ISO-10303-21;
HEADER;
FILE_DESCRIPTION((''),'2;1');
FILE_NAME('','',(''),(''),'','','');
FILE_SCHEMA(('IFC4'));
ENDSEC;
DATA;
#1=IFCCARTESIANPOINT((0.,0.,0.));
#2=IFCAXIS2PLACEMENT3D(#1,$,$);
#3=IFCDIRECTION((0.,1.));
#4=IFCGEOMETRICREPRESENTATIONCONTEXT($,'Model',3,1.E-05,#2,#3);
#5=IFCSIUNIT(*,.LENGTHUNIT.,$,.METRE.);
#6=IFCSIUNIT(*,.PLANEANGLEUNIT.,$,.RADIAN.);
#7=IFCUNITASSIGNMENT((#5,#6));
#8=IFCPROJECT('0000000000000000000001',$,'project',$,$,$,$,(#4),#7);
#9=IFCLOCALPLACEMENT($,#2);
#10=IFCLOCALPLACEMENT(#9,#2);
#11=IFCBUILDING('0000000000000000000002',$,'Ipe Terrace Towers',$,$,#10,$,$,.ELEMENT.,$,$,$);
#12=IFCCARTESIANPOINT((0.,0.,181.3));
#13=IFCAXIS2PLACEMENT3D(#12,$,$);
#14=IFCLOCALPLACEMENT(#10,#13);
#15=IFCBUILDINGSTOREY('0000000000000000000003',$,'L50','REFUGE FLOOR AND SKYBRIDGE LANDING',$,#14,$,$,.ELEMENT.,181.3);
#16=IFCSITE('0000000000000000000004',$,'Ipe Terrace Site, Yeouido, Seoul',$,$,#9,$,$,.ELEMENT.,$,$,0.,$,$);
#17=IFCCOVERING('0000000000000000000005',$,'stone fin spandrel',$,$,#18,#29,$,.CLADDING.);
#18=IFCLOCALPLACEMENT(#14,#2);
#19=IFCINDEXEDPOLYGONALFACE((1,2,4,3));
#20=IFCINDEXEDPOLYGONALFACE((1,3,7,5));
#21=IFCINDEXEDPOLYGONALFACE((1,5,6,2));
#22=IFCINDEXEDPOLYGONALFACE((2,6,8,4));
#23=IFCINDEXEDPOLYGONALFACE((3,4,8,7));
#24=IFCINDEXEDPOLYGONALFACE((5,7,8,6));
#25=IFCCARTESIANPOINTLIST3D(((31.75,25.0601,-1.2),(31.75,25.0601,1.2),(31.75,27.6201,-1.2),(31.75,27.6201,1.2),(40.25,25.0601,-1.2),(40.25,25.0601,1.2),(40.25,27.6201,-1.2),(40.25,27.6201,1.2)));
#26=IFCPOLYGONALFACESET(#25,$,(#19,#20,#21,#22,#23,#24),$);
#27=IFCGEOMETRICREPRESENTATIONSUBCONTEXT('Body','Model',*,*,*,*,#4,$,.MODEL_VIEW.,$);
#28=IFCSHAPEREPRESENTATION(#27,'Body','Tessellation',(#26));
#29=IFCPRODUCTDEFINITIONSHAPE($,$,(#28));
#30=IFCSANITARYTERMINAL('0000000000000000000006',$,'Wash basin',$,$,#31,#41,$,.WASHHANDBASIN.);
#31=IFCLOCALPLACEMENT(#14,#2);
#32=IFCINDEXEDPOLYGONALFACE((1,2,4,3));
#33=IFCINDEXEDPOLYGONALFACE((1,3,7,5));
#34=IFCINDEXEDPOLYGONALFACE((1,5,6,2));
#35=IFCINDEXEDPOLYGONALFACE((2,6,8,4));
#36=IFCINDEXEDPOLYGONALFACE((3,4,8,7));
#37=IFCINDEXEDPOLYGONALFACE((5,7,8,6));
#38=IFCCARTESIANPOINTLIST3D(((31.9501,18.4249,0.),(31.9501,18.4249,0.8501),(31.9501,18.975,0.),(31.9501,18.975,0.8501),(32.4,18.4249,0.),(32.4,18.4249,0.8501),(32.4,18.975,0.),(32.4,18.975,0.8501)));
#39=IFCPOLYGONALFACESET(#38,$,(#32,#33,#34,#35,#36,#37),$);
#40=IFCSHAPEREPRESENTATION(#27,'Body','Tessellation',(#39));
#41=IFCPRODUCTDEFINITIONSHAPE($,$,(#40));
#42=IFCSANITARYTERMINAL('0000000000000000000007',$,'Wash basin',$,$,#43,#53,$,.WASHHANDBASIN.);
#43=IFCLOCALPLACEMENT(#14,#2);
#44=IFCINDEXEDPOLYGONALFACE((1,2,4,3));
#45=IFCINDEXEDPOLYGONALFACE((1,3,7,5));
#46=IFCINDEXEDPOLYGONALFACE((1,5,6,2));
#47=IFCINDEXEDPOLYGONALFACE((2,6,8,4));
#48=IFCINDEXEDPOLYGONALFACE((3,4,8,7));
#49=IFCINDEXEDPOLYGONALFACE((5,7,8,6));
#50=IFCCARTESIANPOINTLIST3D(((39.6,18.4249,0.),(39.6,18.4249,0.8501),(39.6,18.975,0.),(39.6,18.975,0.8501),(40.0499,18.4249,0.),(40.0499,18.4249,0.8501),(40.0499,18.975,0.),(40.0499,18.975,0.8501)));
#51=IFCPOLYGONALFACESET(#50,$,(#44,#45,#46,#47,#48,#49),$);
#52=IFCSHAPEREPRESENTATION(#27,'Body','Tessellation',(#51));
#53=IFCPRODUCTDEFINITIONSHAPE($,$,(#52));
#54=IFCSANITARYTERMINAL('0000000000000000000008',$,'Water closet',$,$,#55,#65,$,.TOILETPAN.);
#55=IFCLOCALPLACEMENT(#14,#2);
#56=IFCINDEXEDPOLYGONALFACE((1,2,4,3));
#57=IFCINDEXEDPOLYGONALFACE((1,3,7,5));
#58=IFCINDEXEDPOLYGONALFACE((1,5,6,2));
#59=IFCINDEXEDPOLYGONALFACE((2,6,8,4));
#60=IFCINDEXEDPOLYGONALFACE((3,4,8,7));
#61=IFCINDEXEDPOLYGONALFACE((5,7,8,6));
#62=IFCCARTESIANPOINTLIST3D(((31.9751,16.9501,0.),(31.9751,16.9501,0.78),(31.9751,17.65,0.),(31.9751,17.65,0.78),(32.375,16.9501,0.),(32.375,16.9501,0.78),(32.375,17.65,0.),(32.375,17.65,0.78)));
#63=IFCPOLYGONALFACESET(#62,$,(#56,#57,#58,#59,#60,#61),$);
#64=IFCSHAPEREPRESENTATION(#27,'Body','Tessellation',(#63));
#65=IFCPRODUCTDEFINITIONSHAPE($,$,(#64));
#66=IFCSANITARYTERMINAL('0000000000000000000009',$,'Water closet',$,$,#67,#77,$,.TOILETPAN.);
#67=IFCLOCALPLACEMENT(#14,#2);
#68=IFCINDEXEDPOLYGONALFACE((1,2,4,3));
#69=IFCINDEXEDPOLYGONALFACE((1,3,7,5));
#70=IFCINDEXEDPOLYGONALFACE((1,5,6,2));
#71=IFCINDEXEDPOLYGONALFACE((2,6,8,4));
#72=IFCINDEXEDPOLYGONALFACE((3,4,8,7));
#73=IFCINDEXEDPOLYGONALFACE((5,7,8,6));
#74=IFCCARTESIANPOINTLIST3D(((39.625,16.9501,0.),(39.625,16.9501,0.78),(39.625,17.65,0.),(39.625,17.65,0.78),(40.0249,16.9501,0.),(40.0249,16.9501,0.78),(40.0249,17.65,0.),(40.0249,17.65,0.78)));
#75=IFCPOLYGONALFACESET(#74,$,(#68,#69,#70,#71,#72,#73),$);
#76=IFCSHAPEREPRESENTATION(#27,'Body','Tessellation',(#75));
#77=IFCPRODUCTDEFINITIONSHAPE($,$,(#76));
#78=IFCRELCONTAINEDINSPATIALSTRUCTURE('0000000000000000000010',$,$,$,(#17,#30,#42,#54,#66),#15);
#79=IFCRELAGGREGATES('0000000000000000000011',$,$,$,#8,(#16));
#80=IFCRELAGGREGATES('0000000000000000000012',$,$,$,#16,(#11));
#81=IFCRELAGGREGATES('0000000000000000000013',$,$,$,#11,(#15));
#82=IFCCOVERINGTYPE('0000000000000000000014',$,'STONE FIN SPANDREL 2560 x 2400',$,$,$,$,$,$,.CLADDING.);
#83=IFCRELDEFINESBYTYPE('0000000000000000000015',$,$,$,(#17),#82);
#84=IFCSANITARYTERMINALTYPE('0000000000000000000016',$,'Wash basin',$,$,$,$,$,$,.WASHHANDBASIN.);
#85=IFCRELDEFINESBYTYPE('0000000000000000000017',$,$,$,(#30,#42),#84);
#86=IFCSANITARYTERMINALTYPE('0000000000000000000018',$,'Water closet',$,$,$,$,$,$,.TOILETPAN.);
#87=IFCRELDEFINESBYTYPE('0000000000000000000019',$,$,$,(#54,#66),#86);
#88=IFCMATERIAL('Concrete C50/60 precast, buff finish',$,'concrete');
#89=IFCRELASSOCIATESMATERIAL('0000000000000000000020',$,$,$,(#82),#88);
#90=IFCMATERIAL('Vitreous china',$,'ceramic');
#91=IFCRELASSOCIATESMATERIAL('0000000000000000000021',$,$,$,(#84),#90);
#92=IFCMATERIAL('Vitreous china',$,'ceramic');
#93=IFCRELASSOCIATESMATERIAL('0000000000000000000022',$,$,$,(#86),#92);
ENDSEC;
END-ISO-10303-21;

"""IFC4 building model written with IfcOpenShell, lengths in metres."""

from ifc_helpers import new_model, si_unit, direction, frame, origin, origin_2d, place, context, subcontext, project, spatial, rectangle, extrude, material, material_profile, profile_set, type_object, element, save


model = new_model("IFC4")

# Units and contexts
model_context = context("Model", 3, precision=1e-05, world=origin(), true_north=direction((0.0, 1.0)))
body_context = subcontext(model_context, "Body", "Model", "MODEL_VIEW")
ifc_project = project(units=[si_unit("LENGTHUNIT", "METRE"), si_unit("PLANEANGLEUNIT", "RADIAN")], contexts=[model_context])

# Site, building, storey
site_placement = place(None, origin())
site = spatial("IfcSite", under=ifc_project, at=site_placement, Name="Ipe Terrace Site, Yeouido, Seoul", CompositionType="ELEMENT", RefElevation=0.0)
building_placement = place(site_placement, origin())
building = spatial("IfcBuilding", under=site, at=building_placement, Name="Ipe Terrace Towers", CompositionType="ELEMENT")
storey_placement = place(building_placement, frame((0.0, 0.0, 181.3)))
storey = spatial("IfcBuildingStorey", under=building, at=storey_placement, Name="L50", Description="REFUGE FLOOR AND SKYBRIDGE LANDING", CompositionType="ELEMENT", Elevation=181.3)

# Covering
ifc_material_1 = material(Name="Concrete C50/60 precast, buff finish", Category="concrete")
ifc_material_profile_1 = material_profile(ifc_material_1, rectangle(XDim=2.5601, YDim=2.3999, at=origin_2d()), Name="STONE FIN SPANDREL 2560 x 2400")
ifc_profile_set_1 = profile_set([ifc_material_profile_1], Name="Concrete C50/60 precast, buff finish")
covering_type_1 = type_object("IfcCoveringType", Name="STONE FIN SPANDREL 2560 x 2400", PredefinedType="CLADDING", material=ifc_profile_set_1)
covering_1_placement = place(storey_placement, frame((40.25, 26.3401, 0.0), z_axis=(-1.0, 0.0, 0.0), x_axis=(0.0, 1.0, 0.0)))
element("IfcCovering", 1, at=covering_1_placement, inside=storey, type_object=covering_type_1, Name="stone fin spandrel", PredefinedType="CLADDING", context=body_context, shape_type="SweptSolid", body=[
    extrude(rectangle(XDim=2.5601, YDim=2.3999, at=origin_2d()), origin(), (0.0, 0.0, 1.0), 8.5),
])

# Sanitary terminals
ifc_material_2 = material(Name="Vitreous china", Category="ceramic")
sanitary_terminal_type_1 = type_object("IfcSanitaryTerminalType", Name="Wash basin", PredefinedType="WASHHANDBASIN", material=ifc_material_2)
for number, where, z_axis, x_axis, name in (
    (2, (32.175, 18.7, 0.0), (0.0, 0.0, 1.0), (0.0, 1.0, 0.0), "Wash basin"),
    (3, (39.825, 18.7, 0.0), (0.0, 0.0, 1.0), (0.0, 1.0, 0.0), "Wash basin"),
):
    element("IfcSanitaryTerminal", number, at=place(storey_placement, frame(where, z_axis=z_axis, x_axis=x_axis)), inside=storey, type_object=sanitary_terminal_type_1, Name=name, PredefinedType="WASHHANDBASIN", context=body_context, shape_type="SweptSolid", body=[
        extrude(rectangle(XDim=0.55, YDim=0.45, at=origin_2d()), origin(), (0.0, 0.0, 1.0), 0.8501),
    ])
ifc_material_3 = material(Name="Vitreous china", Category="ceramic")
sanitary_terminal_type_2 = type_object("IfcSanitaryTerminalType", Name="Water closet", PredefinedType="TOILETPAN", material=ifc_material_3)
for number, where, z_axis, x_axis, name in (
    (4, (32.175, 17.3, 0.0), (0.0, 0.0, 1.0), (0.0, 1.0, 0.0), "Water closet"),
    (5, (39.825, 17.3, 0.0), (0.0, 0.0, 1.0), (0.0, 1.0, 0.0), "Water closet"),
):
    element("IfcSanitaryTerminal", number, at=place(storey_placement, frame(where, z_axis=z_axis, x_axis=x_axis)), inside=storey, type_object=sanitary_terminal_type_2, Name=name, PredefinedType="TOILETPAN", context=body_context, shape_type="SweptSolid", body=[
        extrude(rectangle(XDim=0.7, YDim=0.3999, at=origin_2d()), origin(), (0.0, 0.0, 1.0), 0.78),
    ])

save(model, "model.ifc")
